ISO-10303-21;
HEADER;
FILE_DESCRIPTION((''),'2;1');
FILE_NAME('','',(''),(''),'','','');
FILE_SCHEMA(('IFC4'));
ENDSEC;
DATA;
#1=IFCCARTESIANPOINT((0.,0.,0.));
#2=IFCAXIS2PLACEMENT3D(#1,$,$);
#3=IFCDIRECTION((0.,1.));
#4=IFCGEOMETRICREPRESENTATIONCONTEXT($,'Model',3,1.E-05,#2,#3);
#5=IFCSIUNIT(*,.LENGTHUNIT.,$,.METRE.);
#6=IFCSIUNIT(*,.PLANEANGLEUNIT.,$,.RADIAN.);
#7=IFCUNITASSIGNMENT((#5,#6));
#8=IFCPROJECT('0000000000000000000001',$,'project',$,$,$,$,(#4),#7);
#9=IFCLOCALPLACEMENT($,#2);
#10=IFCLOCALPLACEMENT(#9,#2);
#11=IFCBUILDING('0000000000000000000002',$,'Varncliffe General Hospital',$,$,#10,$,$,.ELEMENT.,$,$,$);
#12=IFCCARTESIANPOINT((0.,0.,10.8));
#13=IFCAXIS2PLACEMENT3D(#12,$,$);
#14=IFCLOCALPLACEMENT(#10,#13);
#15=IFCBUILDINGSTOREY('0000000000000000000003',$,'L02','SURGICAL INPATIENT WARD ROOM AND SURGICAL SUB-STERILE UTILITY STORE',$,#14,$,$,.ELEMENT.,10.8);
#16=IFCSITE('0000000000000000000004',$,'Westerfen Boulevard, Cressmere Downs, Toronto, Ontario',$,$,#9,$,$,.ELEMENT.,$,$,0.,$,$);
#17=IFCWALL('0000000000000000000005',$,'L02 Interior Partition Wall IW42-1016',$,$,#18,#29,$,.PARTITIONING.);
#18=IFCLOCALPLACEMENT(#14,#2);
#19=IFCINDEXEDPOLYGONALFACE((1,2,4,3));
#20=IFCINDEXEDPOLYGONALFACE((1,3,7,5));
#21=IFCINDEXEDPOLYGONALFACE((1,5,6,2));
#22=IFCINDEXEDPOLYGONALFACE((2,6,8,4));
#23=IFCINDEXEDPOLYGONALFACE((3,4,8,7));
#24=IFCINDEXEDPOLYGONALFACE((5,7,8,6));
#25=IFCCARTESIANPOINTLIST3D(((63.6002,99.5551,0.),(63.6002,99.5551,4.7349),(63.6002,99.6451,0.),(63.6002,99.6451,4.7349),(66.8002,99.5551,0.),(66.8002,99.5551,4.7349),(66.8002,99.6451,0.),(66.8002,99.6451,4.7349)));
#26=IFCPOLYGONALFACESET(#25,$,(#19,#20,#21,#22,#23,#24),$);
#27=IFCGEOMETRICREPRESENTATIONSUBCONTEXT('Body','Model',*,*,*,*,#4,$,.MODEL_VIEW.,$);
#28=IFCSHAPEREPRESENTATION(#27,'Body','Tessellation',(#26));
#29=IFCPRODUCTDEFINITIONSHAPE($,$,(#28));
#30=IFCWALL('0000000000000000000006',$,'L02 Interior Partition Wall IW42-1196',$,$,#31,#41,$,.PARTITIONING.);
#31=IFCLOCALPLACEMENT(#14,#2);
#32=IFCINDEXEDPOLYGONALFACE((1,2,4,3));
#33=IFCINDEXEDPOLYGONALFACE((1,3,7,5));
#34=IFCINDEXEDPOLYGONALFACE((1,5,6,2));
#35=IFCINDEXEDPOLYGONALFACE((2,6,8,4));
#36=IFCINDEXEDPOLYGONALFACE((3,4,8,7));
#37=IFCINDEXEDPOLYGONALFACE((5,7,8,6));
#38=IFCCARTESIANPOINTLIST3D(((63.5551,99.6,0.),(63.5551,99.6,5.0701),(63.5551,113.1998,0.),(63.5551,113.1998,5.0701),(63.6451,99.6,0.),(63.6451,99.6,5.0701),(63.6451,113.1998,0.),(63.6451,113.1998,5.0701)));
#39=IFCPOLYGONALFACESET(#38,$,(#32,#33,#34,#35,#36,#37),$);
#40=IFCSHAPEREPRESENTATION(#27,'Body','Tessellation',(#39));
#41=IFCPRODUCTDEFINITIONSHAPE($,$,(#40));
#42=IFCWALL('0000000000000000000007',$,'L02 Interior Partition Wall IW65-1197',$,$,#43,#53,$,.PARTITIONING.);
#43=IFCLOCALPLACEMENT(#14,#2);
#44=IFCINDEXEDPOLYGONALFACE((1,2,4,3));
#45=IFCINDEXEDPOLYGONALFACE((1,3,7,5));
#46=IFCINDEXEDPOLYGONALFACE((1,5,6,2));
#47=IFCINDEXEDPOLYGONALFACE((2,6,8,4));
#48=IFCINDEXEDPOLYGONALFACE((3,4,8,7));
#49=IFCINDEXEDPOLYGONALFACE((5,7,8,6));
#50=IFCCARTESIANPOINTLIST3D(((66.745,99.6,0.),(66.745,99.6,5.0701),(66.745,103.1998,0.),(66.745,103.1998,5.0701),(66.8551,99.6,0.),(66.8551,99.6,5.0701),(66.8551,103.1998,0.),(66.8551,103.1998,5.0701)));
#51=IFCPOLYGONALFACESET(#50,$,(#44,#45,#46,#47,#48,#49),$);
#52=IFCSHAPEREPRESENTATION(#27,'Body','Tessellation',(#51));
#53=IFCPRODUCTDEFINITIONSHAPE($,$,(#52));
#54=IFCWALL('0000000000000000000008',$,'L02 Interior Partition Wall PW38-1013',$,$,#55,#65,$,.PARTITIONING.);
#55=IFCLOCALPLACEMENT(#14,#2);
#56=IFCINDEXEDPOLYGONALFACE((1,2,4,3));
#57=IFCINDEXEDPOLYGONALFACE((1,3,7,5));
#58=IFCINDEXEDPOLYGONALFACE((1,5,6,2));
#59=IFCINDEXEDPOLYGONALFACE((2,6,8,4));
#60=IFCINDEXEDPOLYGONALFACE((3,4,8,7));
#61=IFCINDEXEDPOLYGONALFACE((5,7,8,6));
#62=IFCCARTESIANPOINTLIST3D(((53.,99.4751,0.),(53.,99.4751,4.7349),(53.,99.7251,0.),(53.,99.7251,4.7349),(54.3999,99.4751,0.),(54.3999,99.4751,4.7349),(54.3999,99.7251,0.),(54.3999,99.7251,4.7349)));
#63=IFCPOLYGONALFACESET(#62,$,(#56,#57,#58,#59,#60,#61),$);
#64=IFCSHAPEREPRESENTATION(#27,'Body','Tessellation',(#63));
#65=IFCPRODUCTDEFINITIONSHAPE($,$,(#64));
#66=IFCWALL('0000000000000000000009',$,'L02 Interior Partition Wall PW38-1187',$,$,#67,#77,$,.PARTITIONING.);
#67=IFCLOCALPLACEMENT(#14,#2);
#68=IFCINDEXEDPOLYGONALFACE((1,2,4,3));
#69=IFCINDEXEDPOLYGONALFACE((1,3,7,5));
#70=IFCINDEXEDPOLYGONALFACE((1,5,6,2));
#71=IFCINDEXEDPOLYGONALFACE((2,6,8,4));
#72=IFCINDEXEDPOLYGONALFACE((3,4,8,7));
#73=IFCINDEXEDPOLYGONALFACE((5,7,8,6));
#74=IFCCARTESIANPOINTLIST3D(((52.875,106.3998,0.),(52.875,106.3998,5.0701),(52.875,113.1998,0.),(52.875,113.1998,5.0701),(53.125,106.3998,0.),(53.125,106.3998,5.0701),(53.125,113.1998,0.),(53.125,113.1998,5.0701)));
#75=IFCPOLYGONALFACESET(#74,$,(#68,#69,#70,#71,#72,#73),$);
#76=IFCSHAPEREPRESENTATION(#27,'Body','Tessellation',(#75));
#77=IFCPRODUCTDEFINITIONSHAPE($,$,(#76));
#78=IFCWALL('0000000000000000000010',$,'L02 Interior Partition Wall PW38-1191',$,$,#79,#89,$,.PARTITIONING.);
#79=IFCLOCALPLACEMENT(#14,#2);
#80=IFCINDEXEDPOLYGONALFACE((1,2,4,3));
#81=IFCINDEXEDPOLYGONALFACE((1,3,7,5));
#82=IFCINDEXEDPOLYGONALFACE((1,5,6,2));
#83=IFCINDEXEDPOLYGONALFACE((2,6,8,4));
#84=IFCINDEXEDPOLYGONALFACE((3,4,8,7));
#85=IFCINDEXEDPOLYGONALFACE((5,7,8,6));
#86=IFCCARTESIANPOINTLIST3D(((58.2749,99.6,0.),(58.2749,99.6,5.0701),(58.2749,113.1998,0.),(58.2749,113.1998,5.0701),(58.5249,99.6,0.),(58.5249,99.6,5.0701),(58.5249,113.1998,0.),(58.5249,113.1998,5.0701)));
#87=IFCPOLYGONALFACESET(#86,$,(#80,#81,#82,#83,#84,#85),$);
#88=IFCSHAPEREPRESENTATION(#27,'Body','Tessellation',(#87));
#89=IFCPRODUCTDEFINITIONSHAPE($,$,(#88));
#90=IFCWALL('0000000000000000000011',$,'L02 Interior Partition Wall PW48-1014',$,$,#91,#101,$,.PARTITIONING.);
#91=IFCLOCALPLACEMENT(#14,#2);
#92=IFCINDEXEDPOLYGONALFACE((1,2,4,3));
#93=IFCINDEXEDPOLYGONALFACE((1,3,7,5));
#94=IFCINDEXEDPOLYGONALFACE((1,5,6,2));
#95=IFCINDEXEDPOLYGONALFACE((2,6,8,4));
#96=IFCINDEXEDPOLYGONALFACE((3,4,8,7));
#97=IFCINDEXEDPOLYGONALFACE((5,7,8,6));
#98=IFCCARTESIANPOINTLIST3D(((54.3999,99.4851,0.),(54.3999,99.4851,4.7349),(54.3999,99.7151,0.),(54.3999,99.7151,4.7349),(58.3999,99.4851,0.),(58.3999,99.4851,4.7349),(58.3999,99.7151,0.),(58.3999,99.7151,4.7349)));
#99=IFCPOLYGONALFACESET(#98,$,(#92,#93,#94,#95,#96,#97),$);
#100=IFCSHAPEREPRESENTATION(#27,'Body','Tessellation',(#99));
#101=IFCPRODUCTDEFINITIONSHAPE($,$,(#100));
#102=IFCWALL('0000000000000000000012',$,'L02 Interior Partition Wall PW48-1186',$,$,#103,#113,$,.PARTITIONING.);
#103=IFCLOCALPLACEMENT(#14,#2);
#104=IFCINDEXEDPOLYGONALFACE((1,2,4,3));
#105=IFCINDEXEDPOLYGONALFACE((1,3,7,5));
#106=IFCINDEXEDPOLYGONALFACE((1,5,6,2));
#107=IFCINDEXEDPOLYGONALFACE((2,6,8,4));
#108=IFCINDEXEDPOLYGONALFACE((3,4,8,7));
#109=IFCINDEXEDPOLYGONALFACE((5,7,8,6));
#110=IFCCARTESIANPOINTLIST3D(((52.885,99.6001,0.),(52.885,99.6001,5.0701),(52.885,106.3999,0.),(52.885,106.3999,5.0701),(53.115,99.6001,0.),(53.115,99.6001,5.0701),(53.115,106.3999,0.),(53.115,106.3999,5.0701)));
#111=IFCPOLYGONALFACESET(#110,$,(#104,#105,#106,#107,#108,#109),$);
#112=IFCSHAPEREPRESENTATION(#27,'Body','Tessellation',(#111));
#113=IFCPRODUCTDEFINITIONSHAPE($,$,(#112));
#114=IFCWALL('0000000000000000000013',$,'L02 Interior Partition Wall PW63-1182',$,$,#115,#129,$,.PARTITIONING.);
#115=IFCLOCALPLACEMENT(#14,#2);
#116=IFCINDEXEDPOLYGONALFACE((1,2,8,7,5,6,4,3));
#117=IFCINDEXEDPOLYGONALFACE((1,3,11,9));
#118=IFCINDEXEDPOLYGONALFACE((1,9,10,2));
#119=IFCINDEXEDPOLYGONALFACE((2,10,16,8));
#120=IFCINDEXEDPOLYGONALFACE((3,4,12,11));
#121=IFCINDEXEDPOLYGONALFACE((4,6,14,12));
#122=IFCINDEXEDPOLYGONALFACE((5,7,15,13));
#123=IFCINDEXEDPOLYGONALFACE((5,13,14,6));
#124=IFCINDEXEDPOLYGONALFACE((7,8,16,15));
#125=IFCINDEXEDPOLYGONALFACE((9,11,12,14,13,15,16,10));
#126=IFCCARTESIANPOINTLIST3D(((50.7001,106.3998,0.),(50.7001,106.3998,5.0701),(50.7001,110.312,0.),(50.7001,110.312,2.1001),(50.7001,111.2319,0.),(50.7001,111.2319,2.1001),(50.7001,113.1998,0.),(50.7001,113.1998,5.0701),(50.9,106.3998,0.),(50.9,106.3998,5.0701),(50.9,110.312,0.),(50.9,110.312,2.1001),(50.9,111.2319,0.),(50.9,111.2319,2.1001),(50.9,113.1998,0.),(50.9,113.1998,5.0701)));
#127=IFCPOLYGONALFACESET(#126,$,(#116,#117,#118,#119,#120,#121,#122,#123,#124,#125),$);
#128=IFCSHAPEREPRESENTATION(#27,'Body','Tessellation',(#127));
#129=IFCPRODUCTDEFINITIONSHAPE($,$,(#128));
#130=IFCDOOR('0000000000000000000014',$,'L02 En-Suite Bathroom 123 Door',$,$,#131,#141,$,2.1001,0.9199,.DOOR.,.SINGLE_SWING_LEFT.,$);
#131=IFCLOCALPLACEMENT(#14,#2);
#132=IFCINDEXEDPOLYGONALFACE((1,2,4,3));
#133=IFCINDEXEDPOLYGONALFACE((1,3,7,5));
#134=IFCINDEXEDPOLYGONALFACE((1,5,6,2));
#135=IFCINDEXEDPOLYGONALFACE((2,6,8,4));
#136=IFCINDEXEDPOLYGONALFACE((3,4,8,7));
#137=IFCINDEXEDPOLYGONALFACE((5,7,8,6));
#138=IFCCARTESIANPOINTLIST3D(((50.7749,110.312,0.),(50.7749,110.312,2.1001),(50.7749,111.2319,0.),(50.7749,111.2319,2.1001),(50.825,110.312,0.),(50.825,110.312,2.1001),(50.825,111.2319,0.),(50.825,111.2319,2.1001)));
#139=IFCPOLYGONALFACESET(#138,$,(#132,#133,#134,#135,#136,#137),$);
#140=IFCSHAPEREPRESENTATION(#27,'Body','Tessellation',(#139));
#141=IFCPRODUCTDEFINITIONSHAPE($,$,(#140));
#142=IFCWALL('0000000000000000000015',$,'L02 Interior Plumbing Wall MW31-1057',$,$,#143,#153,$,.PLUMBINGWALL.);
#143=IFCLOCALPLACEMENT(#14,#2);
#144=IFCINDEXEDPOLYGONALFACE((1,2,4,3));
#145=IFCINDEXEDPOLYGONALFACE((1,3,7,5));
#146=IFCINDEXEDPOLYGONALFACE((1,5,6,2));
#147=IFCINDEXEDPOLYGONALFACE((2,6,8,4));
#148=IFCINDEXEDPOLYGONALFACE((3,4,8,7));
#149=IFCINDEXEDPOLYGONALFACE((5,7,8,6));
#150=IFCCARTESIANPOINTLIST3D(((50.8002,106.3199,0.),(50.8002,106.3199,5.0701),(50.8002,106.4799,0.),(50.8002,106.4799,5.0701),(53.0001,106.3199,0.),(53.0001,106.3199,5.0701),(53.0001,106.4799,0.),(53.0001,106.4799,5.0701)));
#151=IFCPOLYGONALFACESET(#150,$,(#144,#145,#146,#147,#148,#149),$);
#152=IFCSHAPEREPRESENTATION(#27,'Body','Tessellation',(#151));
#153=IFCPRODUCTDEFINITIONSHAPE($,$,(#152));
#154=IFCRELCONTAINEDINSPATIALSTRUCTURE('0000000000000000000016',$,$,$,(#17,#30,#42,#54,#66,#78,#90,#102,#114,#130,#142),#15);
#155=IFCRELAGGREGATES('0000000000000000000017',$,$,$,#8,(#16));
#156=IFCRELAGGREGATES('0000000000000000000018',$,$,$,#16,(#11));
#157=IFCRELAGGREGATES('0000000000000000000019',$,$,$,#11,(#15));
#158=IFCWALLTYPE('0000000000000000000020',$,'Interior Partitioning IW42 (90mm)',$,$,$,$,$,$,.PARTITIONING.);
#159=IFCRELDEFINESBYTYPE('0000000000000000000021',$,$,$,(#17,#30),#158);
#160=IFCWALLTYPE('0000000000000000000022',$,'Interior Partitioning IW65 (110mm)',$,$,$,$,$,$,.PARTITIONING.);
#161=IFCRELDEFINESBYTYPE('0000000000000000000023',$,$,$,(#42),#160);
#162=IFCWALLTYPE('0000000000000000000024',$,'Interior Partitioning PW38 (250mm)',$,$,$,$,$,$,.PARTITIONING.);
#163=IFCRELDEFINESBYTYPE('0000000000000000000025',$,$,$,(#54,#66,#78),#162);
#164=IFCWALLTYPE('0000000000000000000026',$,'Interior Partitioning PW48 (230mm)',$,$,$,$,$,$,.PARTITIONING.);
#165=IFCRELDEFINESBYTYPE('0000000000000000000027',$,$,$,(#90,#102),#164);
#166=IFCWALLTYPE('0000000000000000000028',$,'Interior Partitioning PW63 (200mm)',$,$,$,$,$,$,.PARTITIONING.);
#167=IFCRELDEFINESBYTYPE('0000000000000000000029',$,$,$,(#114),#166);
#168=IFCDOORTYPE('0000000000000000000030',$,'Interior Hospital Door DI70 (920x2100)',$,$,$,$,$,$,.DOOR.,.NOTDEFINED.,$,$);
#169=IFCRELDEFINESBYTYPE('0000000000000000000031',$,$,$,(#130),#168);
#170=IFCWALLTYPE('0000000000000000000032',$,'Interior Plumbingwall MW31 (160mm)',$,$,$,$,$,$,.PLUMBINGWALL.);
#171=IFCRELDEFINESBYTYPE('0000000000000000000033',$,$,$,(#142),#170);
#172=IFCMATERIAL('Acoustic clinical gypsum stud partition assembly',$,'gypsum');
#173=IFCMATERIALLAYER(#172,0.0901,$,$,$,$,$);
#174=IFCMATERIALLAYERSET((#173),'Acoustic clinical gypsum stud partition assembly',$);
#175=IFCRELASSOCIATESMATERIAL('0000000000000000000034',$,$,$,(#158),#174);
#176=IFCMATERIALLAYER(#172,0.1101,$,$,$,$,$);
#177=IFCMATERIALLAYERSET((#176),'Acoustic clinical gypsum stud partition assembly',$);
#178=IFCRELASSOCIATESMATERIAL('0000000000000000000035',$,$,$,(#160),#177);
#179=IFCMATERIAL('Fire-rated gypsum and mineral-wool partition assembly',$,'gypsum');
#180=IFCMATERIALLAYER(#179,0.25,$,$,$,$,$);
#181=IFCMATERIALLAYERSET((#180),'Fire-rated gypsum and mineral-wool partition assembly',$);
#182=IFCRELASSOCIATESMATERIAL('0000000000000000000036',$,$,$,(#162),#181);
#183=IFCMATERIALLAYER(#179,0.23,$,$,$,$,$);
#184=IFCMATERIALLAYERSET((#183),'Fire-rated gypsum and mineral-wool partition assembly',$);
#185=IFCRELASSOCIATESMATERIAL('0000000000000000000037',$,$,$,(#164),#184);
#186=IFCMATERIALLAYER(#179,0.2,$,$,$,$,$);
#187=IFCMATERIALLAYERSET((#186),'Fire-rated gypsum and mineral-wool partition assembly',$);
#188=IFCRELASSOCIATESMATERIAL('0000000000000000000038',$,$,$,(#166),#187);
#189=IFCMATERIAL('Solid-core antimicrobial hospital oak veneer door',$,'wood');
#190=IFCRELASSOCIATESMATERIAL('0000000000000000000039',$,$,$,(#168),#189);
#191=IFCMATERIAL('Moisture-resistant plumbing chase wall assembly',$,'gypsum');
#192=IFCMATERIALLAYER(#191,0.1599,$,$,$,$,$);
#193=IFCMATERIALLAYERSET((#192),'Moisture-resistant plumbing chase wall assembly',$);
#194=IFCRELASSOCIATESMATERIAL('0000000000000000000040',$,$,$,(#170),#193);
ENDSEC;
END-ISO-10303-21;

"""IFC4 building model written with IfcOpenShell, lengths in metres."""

from ifc_helpers import new_model, si_unit, direction, frame, frame_2d, origin, place, context, subcontext, project, spatial, rectangle, extrude, material, layer, layer_set, type_object, element, fill, save


model = new_model("IFC4")

# Units and contexts
model_context = context("Model", 3, precision=1e-05, world=origin(), true_north=direction((0.0, 1.0)))
body_context = subcontext(model_context, "Body", "Model", "MODEL_VIEW")
ifc_project = project(units=[si_unit("LENGTHUNIT", "METRE"), si_unit("PLANEANGLEUNIT", "RADIAN")], contexts=[model_context])

# Site, building, storey
site_placement = place(None, origin())
site = spatial("IfcSite", under=ifc_project, at=site_placement, Name="Westerfen Boulevard, Cressmere Downs, Toronto, Ontario", CompositionType="ELEMENT", RefElevation=0.0)
building_placement = place(site_placement, origin())
building = spatial("IfcBuilding", under=site, at=building_placement, Name="Varncliffe General Hospital", CompositionType="ELEMENT")
storey_placement = place(building_placement, frame((0.0, 0.0, 10.8)))
storey = spatial("IfcBuildingStorey", under=building, at=storey_placement, Name="L02", Description="SURGICAL INPATIENT WARD ROOM AND SURGICAL SUB-STERILE UTILITY STORE", CompositionType="ELEMENT", Elevation=10.8)

# Walls
ifc_material_1 = material(Name="Acoustic clinical gypsum stud partition assembly", Category="gypsum")
ifc_layer_1 = layer(ifc_material_1, 0.0901)
ifc_layer_set_1 = layer_set([ifc_layer_1], Name="Acoustic clinical gypsum stud partition assembly")
wall_type_1 = type_object("IfcWallType", Name="Interior Partitioning IW42 (90mm)", PredefinedType="PARTITIONING", material=ifc_layer_set_1)
wall_1_placement = place(storey_placement, frame((63.6001, 99.6001, 0.0), z_axis=(0.0, 0.0, 1.0), x_axis=(1.0, 0.0, 0.0)))
element("IfcWall", 1, at=wall_1_placement, inside=storey, type_object=wall_type_1, Name="L02 Interior Partition Wall IW42-1016", PredefinedType="PARTITIONING", context=body_context, shape_type="SweptSolid", body=[
    extrude(rectangle(XDim=3.2, YDim=0.0901, at=frame_2d((1.6001, 0.0))), origin(), (0.0, 0.0, 1.0), 4.7349),
])
wall_2_placement = place(storey_placement, frame((63.6001, 99.6001, 0.0), z_axis=(0.0, 0.0, 1.0), x_axis=(0.0, 1.0, 0.0)))
element("IfcWall", 2, at=wall_2_placement, inside=storey, type_object=wall_type_1, Name="L02 Interior Partition Wall IW42-1196", PredefinedType="PARTITIONING", context=body_context, shape_type="SweptSolid", body=[
    extrude(rectangle(XDim=13.5999, YDim=0.0901, at=frame_2d((6.7998, 0.0))), origin(), (0.0, 0.0, 1.0), 5.0701),
])
ifc_layer_2 = layer(ifc_material_1, 0.1101)
ifc_layer_set_2 = layer_set([ifc_layer_2], Name="Acoustic clinical gypsum stud partition assembly")
wall_type_2 = type_object("IfcWallType", Name="Interior Partitioning IW65 (110mm)", PredefinedType="PARTITIONING", material=ifc_layer_set_2)
wall_3_placement = place(storey_placement, frame((66.8, 99.6001, 0.0), z_axis=(0.0, 0.0, 1.0), x_axis=(0.0, 1.0, 0.0)))
element("IfcWall", 3, at=wall_3_placement, inside=storey, type_object=wall_type_2, Name="L02 Interior Partition Wall IW65-1197", PredefinedType="PARTITIONING", context=body_context, shape_type="SweptSolid", body=[
    extrude(rectangle(XDim=3.5999, YDim=0.1101, at=frame_2d((1.7998, 0.0))), origin(), (0.0, 0.0, 1.0), 5.0701),
])
ifc_material_2 = material(Name="Fire-rated gypsum and mineral-wool partition assembly", Category="gypsum")
ifc_layer_3 = layer(ifc_material_2, 0.25)
ifc_layer_set_3 = layer_set([ifc_layer_3], Name="Fire-rated gypsum and mineral-wool partition assembly")
wall_type_3 = type_object("IfcWallType", Name="Interior Partitioning PW38 (250mm)", PredefinedType="PARTITIONING", material=ifc_layer_set_3)
wall_4_placement = place(storey_placement, frame((53.0, 99.6001, 0.0), z_axis=(0.0, 0.0, 1.0), x_axis=(1.0, 0.0, 0.0)))
element("IfcWall", 4, at=wall_4_placement, inside=storey, type_object=wall_type_3, Name="L02 Interior Partition Wall PW38-1013", PredefinedType="PARTITIONING", context=body_context, shape_type="SweptSolid", body=[
    extrude(rectangle(XDim=1.3999, YDim=0.25, at=frame_2d((0.7, 0.0))), origin(), (0.0, 0.0, 1.0), 4.7349),
])
wall_5_placement = place(storey_placement, frame((53.0, 106.3999, 0.0), z_axis=(0.0, 0.0, 1.0), x_axis=(0.0, 1.0, 0.0)))
element("IfcWall", 5, at=wall_5_placement, inside=storey, type_object=wall_type_3, Name="L02 Interior Partition Wall PW38-1187", PredefinedType="PARTITIONING", context=body_context, shape_type="SweptSolid", body=[
    extrude(rectangle(XDim=6.8, YDim=0.25, at=frame_2d((3.3999, 0.0))), origin(), (0.0, 0.0, 1.0), 5.0701),
])
wall_6_placement = place(storey_placement, frame((58.3999, 99.6001, 0.0), z_axis=(0.0, 0.0, 1.0), x_axis=(0.0, 1.0, 0.0)))
element("IfcWall", 6, at=wall_6_placement, inside=storey, type_object=wall_type_3, Name="L02 Interior Partition Wall PW38-1191", PredefinedType="PARTITIONING", context=body_context, shape_type="SweptSolid", body=[
    extrude(rectangle(XDim=13.5999, YDim=0.25, at=frame_2d((6.7998, 0.0))), origin(), (0.0, 0.0, 1.0), 5.0701),
])
ifc_layer_4 = layer(ifc_material_2, 0.23)
ifc_layer_set_4 = layer_set([ifc_layer_4], Name="Fire-rated gypsum and mineral-wool partition assembly")
wall_type_4 = type_object("IfcWallType", Name="Interior Partitioning PW48 (230mm)", PredefinedType="PARTITIONING", material=ifc_layer_set_4)
wall_7_placement = place(storey_placement, frame((54.3999, 99.6001, 0.0), z_axis=(0.0, 0.0, 1.0), x_axis=(1.0, 0.0, 0.0)))
element("IfcWall", 7, at=wall_7_placement, inside=storey, type_object=wall_type_4, Name="L02 Interior Partition Wall PW48-1014", PredefinedType="PARTITIONING", context=body_context, shape_type="SweptSolid", body=[
    extrude(rectangle(XDim=4.0, YDim=0.23, at=frame_2d((2.0, 0.0))), origin(), (0.0, 0.0, 1.0), 4.7349),
])
wall_8_placement = place(storey_placement, frame((53.0, 99.6001, 0.0), z_axis=(0.0, 0.0, 1.0), x_axis=(0.0, 1.0, 0.0)))
element("IfcWall", 8, at=wall_8_placement, inside=storey, type_object=wall_type_4, Name="L02 Interior Partition Wall PW48-1186", PredefinedType="PARTITIONING", context=body_context, shape_type="SweptSolid", body=[
    extrude(rectangle(XDim=6.7998, YDim=0.23, at=frame_2d((3.3999, 0.0))), origin(), (0.0, 0.0, 1.0), 5.0701),
])

# Wall, opening, door
ifc_layer_5 = layer(ifc_material_2, 0.2)
ifc_layer_set_5 = layer_set([ifc_layer_5], Name="Fire-rated gypsum and mineral-wool partition assembly")
wall_type_5 = type_object("IfcWallType", Name="Interior Partitioning PW63 (200mm)", PredefinedType="PARTITIONING", material=ifc_layer_set_5)
wall_9_placement = place(storey_placement, frame((50.8, 106.3999, 0.0), z_axis=(0.0, 0.0, 1.0), x_axis=(0.0, 1.0, 0.0)))
wall_9 = element("IfcWall", 9, at=wall_9_placement, inside=storey, type_object=wall_type_5, Name="L02 Interior Partition Wall PW63-1182", PredefinedType="PARTITIONING", context=body_context, shape_type="SweptSolid", body=[
    extrude(rectangle(XDim=6.8, YDim=0.2, at=frame_2d((3.3999, 0.0))), origin(), (0.0, 0.0, 1.0), 5.0701),
])
opening_placement = place(wall_9_placement, frame((3.9121, 0.0, 0.0)))
opening = element("IfcOpeningElement", 10, at=opening_placement, cuts=wall_9, PredefinedType="OPENING", context=body_context, shape_type="SweptSolid", body=[
    extrude(rectangle(XDim=0.9199, YDim=2.1001, at=frame_2d((0.46, 1.05))), frame((0.0, 0.1099, 0.0), z_axis=(0.0, -1.0, 0.0), x_axis=(1.0, 0.0, 0.0)), (0.0, 0.0, 1.0), 0.22),
])
ifc_material_3 = material(Name="Solid-core antimicrobial hospital oak veneer door", Category="wood")
door_type = type_object("IfcDoorType", Name="Interior Hospital Door DI70 (920x2100)", OperationType="NOTDEFINED", PredefinedType="DOOR", material=ifc_material_3)
door_placement = place(opening_placement, frame((0.9199, 0.0, 0.0), z_axis=(0.0, 0.0, 1.0), x_axis=(-1.0, 0.0, 0.0)))
door = element("IfcDoor", 11, at=door_placement, inside=storey, type_object=door_type, Name="L02 En-Suite Bathroom 123 Door", OperationType="SINGLE_SWING_LEFT", OverallHeight=2.1001, OverallWidth=0.9199, PredefinedType="DOOR", context=body_context, shape_type="SweptSolid", body=[
    extrude(rectangle(XDim=0.9199, YDim=2.1001, at=frame_2d((0.46, 1.05))), frame((0.0, 0.0249, 0.0), z_axis=(0.0, -1.0, 0.0), x_axis=(1.0, 0.0, 0.0)), (0.0, 0.0, 1.0), 0.05),
])
fill(opening, door)

# Wall
ifc_material_4 = material(Name="Moisture-resistant plumbing chase wall assembly", Category="gypsum")
ifc_layer_6 = layer(ifc_material_4, 0.1599)
ifc_layer_set_6 = layer_set([ifc_layer_6], Name="Moisture-resistant plumbing chase wall assembly")
wall_type_6 = type_object("IfcWallType", Name="Interior Plumbingwall MW31 (160mm)", PredefinedType="PLUMBINGWALL", material=ifc_layer_set_6)
wall_10_placement = place(storey_placement, frame((50.8, 106.3999, 0.0), z_axis=(0.0, 0.0, 1.0), x_axis=(1.0, 0.0, 0.0)))
element("IfcWall", 12, at=wall_10_placement, inside=storey, type_object=wall_type_6, Name="L02 Interior Plumbing Wall MW31-1057", PredefinedType="PLUMBINGWALL", context=body_context, shape_type="SweptSolid", body=[
    extrude(rectangle(XDim=2.2, YDim=0.1599, at=frame_2d((1.1001, 0.0))), origin(), (0.0, 0.0, 1.0), 5.0701),
])

save(model, "model.ifc")
